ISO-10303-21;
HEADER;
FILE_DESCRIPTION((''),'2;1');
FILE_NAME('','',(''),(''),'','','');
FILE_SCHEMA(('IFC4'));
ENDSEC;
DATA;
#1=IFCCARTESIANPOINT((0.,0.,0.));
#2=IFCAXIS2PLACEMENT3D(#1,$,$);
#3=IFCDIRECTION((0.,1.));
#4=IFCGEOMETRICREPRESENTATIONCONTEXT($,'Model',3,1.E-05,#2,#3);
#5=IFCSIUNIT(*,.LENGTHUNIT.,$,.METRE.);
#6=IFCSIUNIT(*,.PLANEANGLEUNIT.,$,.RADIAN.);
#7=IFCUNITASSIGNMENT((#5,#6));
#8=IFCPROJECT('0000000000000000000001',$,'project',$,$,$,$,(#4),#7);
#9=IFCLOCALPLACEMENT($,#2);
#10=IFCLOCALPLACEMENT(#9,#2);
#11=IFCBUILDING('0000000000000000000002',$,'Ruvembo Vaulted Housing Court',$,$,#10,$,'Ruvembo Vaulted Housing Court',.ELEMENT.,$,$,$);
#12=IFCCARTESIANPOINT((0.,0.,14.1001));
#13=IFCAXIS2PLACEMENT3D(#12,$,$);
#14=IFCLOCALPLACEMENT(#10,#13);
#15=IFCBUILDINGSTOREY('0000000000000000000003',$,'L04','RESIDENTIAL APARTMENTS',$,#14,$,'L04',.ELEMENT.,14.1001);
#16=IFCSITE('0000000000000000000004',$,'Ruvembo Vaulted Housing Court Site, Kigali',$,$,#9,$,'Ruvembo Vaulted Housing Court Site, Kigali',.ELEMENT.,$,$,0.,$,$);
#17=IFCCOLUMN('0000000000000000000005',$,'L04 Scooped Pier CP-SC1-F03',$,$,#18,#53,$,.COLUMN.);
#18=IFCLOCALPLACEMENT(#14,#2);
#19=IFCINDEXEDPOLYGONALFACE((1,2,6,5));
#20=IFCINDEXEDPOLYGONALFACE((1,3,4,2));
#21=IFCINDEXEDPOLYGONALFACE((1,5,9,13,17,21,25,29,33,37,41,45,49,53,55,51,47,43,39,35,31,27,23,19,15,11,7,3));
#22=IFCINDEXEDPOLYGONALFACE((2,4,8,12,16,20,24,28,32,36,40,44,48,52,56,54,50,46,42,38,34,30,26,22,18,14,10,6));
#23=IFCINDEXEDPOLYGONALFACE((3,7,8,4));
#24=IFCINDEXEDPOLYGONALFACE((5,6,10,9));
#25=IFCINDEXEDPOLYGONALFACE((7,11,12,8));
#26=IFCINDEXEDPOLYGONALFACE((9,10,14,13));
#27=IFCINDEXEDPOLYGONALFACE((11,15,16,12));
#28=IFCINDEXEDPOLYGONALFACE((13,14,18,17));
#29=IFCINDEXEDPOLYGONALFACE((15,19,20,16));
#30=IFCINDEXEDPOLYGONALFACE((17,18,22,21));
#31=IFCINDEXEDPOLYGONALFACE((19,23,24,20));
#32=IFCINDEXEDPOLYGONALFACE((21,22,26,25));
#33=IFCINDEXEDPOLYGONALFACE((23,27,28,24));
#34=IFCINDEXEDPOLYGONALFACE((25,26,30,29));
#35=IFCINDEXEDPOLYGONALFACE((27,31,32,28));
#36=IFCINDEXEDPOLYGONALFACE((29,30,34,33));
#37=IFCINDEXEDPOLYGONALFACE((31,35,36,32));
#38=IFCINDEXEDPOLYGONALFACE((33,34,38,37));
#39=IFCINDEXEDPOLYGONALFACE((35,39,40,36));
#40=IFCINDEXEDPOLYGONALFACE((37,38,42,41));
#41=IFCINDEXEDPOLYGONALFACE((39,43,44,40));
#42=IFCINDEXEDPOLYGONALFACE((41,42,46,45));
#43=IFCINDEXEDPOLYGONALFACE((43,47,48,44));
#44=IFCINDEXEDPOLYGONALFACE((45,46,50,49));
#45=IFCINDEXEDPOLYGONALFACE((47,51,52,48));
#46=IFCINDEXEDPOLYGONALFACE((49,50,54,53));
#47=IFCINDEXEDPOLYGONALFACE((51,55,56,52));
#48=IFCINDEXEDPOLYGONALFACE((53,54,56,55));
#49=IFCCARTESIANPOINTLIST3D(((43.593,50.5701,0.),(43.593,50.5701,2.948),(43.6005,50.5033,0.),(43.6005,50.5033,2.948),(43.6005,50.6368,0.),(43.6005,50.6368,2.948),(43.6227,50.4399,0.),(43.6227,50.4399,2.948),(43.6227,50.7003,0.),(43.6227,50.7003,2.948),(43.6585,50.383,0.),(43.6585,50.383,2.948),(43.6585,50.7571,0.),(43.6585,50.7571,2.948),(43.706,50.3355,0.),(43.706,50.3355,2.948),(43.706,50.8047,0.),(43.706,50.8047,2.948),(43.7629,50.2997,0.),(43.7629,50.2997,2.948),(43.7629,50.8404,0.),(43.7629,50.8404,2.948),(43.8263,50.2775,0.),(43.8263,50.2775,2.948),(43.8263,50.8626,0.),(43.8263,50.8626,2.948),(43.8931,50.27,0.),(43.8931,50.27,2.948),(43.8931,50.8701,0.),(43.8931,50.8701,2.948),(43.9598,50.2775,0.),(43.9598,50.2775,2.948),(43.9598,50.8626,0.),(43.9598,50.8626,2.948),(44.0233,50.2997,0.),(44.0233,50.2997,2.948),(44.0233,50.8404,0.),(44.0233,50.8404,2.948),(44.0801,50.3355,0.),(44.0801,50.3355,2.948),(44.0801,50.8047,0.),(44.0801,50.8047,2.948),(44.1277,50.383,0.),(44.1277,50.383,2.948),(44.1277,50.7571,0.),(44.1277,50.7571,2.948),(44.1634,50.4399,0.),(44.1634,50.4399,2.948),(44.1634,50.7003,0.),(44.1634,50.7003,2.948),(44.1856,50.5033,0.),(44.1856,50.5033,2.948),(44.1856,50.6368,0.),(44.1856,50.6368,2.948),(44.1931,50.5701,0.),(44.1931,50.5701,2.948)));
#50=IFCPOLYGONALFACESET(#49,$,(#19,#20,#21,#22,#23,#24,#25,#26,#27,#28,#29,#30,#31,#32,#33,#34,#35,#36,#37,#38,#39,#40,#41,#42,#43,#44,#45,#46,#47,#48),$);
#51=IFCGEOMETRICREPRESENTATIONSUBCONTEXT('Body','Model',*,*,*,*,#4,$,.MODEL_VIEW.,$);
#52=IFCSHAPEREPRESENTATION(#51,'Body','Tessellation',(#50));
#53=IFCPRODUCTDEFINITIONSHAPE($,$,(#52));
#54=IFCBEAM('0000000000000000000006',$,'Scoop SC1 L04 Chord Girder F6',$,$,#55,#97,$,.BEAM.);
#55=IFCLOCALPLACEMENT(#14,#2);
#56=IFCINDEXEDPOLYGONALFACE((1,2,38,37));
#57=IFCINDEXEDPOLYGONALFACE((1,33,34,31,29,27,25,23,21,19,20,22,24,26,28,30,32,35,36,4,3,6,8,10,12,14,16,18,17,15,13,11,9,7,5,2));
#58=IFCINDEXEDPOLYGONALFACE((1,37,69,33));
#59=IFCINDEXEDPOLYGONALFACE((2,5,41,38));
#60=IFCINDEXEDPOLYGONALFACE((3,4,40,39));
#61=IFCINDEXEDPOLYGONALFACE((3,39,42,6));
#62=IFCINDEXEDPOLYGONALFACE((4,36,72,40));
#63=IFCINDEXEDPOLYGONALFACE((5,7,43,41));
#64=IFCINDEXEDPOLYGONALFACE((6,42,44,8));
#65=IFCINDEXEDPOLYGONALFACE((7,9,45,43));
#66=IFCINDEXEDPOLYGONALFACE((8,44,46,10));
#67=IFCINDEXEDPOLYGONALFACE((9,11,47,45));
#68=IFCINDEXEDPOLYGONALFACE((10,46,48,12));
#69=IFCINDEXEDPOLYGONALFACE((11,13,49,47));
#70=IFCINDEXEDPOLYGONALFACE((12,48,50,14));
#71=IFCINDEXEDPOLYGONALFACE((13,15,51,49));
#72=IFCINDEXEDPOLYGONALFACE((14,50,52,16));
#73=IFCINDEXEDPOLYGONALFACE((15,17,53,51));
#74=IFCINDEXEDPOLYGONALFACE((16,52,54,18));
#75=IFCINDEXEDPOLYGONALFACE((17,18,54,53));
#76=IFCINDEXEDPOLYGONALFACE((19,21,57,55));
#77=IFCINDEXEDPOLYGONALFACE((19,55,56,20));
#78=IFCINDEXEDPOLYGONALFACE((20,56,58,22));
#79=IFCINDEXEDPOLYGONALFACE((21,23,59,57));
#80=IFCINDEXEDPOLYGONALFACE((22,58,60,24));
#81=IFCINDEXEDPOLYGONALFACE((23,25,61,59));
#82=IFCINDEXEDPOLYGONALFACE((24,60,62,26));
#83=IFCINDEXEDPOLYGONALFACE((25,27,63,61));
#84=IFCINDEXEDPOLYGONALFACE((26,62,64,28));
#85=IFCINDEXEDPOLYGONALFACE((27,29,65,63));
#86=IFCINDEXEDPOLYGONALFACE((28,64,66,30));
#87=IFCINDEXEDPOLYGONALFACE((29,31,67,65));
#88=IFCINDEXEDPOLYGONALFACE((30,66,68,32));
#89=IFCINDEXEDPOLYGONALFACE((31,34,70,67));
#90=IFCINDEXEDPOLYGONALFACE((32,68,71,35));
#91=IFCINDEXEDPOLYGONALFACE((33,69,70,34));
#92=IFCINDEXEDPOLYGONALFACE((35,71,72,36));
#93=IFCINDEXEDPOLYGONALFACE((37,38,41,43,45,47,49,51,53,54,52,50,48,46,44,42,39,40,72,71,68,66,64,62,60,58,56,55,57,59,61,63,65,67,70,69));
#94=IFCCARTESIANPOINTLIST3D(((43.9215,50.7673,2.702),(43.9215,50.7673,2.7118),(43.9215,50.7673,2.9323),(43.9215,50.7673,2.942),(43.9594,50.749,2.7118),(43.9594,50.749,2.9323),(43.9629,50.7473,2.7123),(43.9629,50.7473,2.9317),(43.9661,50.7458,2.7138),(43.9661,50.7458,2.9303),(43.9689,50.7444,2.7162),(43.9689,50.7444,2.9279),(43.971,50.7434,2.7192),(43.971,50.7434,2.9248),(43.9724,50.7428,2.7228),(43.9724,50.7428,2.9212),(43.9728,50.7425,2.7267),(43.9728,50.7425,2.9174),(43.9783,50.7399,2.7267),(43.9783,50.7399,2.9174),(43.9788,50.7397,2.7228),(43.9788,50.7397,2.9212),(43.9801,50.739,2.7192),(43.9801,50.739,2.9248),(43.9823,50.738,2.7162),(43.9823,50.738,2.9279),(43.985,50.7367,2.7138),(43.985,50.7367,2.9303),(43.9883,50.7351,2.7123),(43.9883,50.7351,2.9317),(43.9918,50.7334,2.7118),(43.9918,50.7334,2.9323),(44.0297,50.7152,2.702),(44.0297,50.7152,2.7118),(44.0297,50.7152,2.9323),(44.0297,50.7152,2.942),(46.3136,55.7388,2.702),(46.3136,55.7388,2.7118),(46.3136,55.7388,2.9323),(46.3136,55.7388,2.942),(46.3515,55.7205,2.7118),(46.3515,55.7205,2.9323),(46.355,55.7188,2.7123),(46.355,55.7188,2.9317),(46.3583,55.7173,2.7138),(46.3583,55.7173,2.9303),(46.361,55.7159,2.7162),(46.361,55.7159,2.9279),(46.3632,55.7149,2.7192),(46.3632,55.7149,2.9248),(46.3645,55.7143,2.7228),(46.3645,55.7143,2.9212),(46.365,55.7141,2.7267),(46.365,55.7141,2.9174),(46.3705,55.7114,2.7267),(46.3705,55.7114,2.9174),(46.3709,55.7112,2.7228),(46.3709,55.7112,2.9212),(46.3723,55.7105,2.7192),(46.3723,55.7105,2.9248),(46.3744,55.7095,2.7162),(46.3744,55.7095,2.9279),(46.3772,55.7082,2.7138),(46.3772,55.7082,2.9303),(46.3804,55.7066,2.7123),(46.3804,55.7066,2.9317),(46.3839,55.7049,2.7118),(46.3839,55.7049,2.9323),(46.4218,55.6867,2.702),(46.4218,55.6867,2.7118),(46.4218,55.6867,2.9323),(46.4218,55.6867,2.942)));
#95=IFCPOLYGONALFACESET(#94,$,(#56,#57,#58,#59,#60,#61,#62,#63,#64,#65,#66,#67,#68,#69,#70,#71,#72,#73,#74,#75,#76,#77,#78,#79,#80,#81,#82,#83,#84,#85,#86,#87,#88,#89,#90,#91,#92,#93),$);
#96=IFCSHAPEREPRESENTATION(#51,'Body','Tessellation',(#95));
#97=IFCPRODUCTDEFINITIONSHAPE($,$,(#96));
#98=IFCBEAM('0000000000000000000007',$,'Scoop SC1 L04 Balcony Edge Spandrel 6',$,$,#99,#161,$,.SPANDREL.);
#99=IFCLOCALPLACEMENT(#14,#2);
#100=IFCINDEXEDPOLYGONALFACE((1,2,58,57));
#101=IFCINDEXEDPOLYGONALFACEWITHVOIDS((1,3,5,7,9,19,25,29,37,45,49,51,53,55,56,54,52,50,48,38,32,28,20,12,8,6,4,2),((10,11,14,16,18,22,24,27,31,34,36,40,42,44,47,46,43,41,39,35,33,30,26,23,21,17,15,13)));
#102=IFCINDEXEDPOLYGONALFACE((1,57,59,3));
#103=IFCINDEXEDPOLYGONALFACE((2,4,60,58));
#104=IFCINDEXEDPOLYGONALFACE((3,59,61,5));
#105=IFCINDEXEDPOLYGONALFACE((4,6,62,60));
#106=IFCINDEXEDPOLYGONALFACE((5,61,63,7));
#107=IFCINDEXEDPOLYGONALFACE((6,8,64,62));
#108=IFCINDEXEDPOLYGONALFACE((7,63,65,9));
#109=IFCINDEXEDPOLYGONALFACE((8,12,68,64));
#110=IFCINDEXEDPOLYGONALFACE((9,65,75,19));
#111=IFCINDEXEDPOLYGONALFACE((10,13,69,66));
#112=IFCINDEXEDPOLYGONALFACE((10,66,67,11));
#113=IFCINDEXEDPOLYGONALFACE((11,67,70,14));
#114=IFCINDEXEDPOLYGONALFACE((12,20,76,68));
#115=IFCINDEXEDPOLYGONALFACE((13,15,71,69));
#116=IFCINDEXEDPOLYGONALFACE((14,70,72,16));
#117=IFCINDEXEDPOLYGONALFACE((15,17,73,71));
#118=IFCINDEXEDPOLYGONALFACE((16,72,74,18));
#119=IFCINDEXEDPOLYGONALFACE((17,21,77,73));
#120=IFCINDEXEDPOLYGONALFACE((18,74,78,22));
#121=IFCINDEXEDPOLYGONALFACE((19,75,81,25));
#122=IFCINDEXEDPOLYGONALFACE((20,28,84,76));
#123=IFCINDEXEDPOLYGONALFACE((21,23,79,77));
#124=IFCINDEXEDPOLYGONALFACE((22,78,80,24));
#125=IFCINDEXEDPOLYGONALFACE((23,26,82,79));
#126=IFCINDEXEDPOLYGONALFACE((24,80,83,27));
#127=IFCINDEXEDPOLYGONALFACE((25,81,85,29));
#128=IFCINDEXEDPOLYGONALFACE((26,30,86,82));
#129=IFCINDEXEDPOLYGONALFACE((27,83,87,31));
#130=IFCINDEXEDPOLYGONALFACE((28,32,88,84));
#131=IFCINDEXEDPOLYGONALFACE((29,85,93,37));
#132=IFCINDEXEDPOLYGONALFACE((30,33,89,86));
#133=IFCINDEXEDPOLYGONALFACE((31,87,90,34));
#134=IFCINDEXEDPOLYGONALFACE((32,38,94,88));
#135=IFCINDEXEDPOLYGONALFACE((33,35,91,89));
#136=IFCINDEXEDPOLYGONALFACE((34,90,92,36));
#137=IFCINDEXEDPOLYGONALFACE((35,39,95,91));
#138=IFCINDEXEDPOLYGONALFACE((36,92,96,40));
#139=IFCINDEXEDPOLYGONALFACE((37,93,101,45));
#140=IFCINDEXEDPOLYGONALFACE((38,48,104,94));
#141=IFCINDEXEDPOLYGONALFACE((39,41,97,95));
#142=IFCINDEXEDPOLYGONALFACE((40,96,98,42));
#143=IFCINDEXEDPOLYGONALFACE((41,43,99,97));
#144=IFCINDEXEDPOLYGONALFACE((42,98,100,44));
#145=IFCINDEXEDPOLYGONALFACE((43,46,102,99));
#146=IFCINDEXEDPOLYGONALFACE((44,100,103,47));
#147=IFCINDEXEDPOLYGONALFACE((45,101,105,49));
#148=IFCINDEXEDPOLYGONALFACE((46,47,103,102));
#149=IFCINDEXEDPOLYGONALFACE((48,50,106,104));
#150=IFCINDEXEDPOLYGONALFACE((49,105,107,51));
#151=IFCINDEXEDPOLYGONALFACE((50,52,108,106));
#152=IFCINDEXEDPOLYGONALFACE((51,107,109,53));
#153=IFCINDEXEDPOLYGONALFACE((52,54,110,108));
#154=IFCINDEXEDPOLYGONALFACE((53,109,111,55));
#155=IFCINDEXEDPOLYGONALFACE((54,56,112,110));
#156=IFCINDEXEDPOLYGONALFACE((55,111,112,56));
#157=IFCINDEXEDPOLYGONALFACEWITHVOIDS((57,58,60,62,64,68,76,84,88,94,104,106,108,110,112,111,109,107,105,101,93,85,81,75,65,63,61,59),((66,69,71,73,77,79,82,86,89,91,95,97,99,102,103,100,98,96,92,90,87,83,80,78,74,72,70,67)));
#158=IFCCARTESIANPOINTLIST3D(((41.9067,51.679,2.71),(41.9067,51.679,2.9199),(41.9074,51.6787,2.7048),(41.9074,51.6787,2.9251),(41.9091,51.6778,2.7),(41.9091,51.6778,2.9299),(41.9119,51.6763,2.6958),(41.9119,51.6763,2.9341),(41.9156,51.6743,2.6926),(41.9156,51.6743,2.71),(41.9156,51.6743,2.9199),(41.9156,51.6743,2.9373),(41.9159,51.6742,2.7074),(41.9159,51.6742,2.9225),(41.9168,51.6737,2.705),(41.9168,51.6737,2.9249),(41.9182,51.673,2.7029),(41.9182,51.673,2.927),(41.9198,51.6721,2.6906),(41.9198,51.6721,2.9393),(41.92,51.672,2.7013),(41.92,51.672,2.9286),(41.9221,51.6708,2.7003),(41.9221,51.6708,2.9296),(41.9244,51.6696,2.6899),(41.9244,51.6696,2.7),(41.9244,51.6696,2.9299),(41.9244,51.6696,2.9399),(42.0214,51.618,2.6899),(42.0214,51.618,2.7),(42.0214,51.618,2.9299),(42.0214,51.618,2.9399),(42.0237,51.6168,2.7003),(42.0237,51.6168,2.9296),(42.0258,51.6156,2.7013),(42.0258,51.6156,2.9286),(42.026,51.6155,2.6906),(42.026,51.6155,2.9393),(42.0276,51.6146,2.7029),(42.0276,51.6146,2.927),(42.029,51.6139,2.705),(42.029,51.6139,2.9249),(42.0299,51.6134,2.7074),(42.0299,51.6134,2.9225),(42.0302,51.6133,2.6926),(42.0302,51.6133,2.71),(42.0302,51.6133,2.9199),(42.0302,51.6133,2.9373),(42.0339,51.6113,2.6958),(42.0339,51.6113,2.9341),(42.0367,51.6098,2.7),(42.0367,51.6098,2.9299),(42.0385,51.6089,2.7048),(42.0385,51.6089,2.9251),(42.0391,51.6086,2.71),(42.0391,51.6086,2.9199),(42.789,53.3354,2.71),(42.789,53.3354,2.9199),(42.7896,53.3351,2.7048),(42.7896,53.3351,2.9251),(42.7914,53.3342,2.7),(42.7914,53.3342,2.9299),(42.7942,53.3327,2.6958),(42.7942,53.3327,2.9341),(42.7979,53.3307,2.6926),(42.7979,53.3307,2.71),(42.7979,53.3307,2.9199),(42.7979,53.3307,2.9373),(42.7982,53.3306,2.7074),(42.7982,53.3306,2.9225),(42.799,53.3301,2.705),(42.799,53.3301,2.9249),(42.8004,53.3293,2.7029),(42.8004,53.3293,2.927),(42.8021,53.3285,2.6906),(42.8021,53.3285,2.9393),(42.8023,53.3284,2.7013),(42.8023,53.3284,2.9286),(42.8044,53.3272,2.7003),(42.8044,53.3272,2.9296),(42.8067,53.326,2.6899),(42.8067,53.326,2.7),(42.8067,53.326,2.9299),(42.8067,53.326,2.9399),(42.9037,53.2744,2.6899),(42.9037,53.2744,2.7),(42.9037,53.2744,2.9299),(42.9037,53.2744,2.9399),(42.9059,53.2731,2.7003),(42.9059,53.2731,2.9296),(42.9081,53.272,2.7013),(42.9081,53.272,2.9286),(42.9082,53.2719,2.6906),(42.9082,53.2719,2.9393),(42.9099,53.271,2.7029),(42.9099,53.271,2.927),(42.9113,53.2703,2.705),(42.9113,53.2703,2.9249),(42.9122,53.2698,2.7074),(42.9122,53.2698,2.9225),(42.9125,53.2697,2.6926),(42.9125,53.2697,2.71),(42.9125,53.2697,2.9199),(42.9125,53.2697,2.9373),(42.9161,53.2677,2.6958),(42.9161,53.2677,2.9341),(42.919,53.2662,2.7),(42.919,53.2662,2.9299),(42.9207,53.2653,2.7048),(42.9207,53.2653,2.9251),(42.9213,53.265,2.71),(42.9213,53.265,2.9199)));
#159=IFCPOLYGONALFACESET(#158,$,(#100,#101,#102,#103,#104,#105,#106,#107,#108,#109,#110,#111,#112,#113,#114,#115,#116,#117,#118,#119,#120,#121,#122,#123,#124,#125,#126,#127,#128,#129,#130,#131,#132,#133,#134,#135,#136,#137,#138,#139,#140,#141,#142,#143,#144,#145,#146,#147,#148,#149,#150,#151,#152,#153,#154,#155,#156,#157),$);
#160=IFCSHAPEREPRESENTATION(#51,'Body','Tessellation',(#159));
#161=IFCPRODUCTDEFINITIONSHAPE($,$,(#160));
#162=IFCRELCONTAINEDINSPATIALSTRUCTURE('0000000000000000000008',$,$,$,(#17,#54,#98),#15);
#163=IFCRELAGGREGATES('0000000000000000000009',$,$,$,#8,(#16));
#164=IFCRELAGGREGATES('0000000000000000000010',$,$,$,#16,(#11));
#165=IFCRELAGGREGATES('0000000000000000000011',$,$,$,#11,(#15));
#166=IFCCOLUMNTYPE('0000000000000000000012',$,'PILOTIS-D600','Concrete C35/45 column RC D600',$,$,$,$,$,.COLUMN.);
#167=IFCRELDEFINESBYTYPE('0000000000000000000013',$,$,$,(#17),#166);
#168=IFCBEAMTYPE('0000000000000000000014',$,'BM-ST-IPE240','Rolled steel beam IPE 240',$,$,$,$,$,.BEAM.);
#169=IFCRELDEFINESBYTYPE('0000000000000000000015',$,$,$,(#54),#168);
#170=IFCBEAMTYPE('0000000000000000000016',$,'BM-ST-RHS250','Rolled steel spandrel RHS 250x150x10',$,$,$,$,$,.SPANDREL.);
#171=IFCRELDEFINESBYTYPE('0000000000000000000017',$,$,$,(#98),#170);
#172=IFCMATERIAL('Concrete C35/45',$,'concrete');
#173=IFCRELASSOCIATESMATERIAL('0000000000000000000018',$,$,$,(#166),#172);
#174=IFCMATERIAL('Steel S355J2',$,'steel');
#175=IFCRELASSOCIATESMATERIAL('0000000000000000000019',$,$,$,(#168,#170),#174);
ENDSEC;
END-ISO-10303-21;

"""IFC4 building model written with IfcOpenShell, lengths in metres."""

from ifc_helpers import new_model, si_unit, direction, frame, origin, origin_2d, place, context, subcontext, project, spatial, hollow_rectangle, circle, i_section, extrude, material, material_profile, profile_set, type_object, element, save


model = new_model("IFC4")

# Units and contexts
model_context = context("Model", 3, precision=1e-05, world=origin(), true_north=direction((0.0, 1.0)))
body_context = subcontext(model_context, "Body", "Model", "MODEL_VIEW")
ifc_project = project(units=[si_unit("LENGTHUNIT", "METRE"), si_unit("PLANEANGLEUNIT", "RADIAN")], contexts=[model_context])

# Site, building, storey
site_placement = place(None, origin())
site = spatial("IfcSite", under=ifc_project, at=site_placement, Name="Ruvembo Vaulted Housing Court Site, Kigali", LongName="Ruvembo Vaulted Housing Court Site, Kigali", CompositionType="ELEMENT", RefElevation=0.0)
building_placement = place(site_placement, origin())
building = spatial("IfcBuilding", under=site, at=building_placement, Name="Ruvembo Vaulted Housing Court", LongName="Ruvembo Vaulted Housing Court", CompositionType="ELEMENT")
storey_placement = place(building_placement, frame((0.0, 0.0, 14.1001)))
storey = spatial("IfcBuildingStorey", under=building, at=storey_placement, Name="L04", Description="RESIDENTIAL APARTMENTS", LongName="L04", CompositionType="ELEMENT", Elevation=14.1001)

# Column
ifc_material_1 = material(Name="Concrete C35/45", Category="concrete")
ifc_material_profile_1 = material_profile(ifc_material_1, circle(Radius=0.3, at=origin_2d()), Name="RC D600")
ifc_profile_set_1 = profile_set([ifc_material_profile_1], Name="Concrete C35/45")
column_type = type_object("IfcColumnType", Name="PILOTIS-D600", Description="Concrete C35/45 column RC D600", PredefinedType="COLUMN", material=ifc_profile_set_1)
column_placement = place(storey_placement, frame((43.8931, 50.5701, 0.0), z_axis=(0.0, 0.0, 1.0), x_axis=(1.0, 0.0, 0.0)))
element("IfcColumn", 1, at=column_placement, inside=storey, type_object=column_type, Name="L04 Scooped Pier CP-SC1-F03", PredefinedType="COLUMN", context=body_context, shape_type="SweptSolid", body=[
    extrude(circle(Radius=0.3, at=origin_2d()), origin(), (0.0, 0.0, 1.0), 2.948),
])

# Beams
ifc_material_2 = material(Name="Steel S355J2", Category="steel")
ifc_material_profile_2 = material_profile(ifc_material_2, i_section(OverallWidth=0.1201, OverallDepth=0.24, WebThickness=0.0061, FlangeThickness=0.0098, FilletRadius=0.0149, at=origin_2d()), Name="IPE 240")
ifc_profile_set_2 = profile_set([ifc_material_profile_2], Name="Steel S355J2")
beam_type_1 = type_object("IfcBeamType", Name="BM-ST-IPE240", Description="Rolled steel beam IPE 240", PredefinedType="BEAM", material=ifc_profile_set_2)
beam_1_placement = place(storey_placement, frame((43.9756, 50.7412, 2.822), z_axis=(0.433585, 0.901112, 0.0), x_axis=(-0.901112, 0.433585, 0.0)))
element("IfcBeam", 2, at=beam_1_placement, inside=storey, type_object=beam_type_1, Name="Scoop SC1 L04 Chord Girder F6", PredefinedType="BEAM", context=body_context, shape_type="SweptSolid", body=[
    extrude(i_section(OverallWidth=0.1201, OverallDepth=0.24, WebThickness=0.0061, FlangeThickness=0.0098, FilletRadius=0.0149, at=origin_2d()), origin(), (0.0, 0.0, 1.0), 5.5171),
])
ifc_material_profile_3 = material_profile(ifc_material_2, hollow_rectangle(XDim=0.1499, YDim=0.25, WallThickness=0.01, InnerFilletRadius=0.01, OuterFilletRadius=0.02, at=origin_2d()), Name="RHS 250x150x10")
ifc_profile_set_3 = profile_set([ifc_material_profile_3], Name="Steel S355J2")
beam_type_2 = type_object("IfcBeamType", Name="BM-ST-RHS250", Description="Rolled steel spandrel RHS 250x150x10", PredefinedType="SPANDREL", material=ifc_profile_set_3)
beam_2_placement = place(storey_placement, frame((41.9729, 51.6438, 2.8149), z_axis=(0.470116, 0.882605, 0.0), x_axis=(-0.882605, 0.470116, 0.0)))
element("IfcBeam", 3, at=beam_2_placement, inside=storey, type_object=beam_type_2, Name="Scoop SC1 L04 Balcony Edge Spandrel 6", PredefinedType="SPANDREL", context=body_context, shape_type="SweptSolid", body=[
    extrude(hollow_rectangle(XDim=0.1499, YDim=0.25, WallThickness=0.01, InnerFilletRadius=0.01, OuterFilletRadius=0.02, at=origin_2d()), origin(), (0.0, 0.0, 1.0), 1.8767),
])

save(model, "model.ifc")
